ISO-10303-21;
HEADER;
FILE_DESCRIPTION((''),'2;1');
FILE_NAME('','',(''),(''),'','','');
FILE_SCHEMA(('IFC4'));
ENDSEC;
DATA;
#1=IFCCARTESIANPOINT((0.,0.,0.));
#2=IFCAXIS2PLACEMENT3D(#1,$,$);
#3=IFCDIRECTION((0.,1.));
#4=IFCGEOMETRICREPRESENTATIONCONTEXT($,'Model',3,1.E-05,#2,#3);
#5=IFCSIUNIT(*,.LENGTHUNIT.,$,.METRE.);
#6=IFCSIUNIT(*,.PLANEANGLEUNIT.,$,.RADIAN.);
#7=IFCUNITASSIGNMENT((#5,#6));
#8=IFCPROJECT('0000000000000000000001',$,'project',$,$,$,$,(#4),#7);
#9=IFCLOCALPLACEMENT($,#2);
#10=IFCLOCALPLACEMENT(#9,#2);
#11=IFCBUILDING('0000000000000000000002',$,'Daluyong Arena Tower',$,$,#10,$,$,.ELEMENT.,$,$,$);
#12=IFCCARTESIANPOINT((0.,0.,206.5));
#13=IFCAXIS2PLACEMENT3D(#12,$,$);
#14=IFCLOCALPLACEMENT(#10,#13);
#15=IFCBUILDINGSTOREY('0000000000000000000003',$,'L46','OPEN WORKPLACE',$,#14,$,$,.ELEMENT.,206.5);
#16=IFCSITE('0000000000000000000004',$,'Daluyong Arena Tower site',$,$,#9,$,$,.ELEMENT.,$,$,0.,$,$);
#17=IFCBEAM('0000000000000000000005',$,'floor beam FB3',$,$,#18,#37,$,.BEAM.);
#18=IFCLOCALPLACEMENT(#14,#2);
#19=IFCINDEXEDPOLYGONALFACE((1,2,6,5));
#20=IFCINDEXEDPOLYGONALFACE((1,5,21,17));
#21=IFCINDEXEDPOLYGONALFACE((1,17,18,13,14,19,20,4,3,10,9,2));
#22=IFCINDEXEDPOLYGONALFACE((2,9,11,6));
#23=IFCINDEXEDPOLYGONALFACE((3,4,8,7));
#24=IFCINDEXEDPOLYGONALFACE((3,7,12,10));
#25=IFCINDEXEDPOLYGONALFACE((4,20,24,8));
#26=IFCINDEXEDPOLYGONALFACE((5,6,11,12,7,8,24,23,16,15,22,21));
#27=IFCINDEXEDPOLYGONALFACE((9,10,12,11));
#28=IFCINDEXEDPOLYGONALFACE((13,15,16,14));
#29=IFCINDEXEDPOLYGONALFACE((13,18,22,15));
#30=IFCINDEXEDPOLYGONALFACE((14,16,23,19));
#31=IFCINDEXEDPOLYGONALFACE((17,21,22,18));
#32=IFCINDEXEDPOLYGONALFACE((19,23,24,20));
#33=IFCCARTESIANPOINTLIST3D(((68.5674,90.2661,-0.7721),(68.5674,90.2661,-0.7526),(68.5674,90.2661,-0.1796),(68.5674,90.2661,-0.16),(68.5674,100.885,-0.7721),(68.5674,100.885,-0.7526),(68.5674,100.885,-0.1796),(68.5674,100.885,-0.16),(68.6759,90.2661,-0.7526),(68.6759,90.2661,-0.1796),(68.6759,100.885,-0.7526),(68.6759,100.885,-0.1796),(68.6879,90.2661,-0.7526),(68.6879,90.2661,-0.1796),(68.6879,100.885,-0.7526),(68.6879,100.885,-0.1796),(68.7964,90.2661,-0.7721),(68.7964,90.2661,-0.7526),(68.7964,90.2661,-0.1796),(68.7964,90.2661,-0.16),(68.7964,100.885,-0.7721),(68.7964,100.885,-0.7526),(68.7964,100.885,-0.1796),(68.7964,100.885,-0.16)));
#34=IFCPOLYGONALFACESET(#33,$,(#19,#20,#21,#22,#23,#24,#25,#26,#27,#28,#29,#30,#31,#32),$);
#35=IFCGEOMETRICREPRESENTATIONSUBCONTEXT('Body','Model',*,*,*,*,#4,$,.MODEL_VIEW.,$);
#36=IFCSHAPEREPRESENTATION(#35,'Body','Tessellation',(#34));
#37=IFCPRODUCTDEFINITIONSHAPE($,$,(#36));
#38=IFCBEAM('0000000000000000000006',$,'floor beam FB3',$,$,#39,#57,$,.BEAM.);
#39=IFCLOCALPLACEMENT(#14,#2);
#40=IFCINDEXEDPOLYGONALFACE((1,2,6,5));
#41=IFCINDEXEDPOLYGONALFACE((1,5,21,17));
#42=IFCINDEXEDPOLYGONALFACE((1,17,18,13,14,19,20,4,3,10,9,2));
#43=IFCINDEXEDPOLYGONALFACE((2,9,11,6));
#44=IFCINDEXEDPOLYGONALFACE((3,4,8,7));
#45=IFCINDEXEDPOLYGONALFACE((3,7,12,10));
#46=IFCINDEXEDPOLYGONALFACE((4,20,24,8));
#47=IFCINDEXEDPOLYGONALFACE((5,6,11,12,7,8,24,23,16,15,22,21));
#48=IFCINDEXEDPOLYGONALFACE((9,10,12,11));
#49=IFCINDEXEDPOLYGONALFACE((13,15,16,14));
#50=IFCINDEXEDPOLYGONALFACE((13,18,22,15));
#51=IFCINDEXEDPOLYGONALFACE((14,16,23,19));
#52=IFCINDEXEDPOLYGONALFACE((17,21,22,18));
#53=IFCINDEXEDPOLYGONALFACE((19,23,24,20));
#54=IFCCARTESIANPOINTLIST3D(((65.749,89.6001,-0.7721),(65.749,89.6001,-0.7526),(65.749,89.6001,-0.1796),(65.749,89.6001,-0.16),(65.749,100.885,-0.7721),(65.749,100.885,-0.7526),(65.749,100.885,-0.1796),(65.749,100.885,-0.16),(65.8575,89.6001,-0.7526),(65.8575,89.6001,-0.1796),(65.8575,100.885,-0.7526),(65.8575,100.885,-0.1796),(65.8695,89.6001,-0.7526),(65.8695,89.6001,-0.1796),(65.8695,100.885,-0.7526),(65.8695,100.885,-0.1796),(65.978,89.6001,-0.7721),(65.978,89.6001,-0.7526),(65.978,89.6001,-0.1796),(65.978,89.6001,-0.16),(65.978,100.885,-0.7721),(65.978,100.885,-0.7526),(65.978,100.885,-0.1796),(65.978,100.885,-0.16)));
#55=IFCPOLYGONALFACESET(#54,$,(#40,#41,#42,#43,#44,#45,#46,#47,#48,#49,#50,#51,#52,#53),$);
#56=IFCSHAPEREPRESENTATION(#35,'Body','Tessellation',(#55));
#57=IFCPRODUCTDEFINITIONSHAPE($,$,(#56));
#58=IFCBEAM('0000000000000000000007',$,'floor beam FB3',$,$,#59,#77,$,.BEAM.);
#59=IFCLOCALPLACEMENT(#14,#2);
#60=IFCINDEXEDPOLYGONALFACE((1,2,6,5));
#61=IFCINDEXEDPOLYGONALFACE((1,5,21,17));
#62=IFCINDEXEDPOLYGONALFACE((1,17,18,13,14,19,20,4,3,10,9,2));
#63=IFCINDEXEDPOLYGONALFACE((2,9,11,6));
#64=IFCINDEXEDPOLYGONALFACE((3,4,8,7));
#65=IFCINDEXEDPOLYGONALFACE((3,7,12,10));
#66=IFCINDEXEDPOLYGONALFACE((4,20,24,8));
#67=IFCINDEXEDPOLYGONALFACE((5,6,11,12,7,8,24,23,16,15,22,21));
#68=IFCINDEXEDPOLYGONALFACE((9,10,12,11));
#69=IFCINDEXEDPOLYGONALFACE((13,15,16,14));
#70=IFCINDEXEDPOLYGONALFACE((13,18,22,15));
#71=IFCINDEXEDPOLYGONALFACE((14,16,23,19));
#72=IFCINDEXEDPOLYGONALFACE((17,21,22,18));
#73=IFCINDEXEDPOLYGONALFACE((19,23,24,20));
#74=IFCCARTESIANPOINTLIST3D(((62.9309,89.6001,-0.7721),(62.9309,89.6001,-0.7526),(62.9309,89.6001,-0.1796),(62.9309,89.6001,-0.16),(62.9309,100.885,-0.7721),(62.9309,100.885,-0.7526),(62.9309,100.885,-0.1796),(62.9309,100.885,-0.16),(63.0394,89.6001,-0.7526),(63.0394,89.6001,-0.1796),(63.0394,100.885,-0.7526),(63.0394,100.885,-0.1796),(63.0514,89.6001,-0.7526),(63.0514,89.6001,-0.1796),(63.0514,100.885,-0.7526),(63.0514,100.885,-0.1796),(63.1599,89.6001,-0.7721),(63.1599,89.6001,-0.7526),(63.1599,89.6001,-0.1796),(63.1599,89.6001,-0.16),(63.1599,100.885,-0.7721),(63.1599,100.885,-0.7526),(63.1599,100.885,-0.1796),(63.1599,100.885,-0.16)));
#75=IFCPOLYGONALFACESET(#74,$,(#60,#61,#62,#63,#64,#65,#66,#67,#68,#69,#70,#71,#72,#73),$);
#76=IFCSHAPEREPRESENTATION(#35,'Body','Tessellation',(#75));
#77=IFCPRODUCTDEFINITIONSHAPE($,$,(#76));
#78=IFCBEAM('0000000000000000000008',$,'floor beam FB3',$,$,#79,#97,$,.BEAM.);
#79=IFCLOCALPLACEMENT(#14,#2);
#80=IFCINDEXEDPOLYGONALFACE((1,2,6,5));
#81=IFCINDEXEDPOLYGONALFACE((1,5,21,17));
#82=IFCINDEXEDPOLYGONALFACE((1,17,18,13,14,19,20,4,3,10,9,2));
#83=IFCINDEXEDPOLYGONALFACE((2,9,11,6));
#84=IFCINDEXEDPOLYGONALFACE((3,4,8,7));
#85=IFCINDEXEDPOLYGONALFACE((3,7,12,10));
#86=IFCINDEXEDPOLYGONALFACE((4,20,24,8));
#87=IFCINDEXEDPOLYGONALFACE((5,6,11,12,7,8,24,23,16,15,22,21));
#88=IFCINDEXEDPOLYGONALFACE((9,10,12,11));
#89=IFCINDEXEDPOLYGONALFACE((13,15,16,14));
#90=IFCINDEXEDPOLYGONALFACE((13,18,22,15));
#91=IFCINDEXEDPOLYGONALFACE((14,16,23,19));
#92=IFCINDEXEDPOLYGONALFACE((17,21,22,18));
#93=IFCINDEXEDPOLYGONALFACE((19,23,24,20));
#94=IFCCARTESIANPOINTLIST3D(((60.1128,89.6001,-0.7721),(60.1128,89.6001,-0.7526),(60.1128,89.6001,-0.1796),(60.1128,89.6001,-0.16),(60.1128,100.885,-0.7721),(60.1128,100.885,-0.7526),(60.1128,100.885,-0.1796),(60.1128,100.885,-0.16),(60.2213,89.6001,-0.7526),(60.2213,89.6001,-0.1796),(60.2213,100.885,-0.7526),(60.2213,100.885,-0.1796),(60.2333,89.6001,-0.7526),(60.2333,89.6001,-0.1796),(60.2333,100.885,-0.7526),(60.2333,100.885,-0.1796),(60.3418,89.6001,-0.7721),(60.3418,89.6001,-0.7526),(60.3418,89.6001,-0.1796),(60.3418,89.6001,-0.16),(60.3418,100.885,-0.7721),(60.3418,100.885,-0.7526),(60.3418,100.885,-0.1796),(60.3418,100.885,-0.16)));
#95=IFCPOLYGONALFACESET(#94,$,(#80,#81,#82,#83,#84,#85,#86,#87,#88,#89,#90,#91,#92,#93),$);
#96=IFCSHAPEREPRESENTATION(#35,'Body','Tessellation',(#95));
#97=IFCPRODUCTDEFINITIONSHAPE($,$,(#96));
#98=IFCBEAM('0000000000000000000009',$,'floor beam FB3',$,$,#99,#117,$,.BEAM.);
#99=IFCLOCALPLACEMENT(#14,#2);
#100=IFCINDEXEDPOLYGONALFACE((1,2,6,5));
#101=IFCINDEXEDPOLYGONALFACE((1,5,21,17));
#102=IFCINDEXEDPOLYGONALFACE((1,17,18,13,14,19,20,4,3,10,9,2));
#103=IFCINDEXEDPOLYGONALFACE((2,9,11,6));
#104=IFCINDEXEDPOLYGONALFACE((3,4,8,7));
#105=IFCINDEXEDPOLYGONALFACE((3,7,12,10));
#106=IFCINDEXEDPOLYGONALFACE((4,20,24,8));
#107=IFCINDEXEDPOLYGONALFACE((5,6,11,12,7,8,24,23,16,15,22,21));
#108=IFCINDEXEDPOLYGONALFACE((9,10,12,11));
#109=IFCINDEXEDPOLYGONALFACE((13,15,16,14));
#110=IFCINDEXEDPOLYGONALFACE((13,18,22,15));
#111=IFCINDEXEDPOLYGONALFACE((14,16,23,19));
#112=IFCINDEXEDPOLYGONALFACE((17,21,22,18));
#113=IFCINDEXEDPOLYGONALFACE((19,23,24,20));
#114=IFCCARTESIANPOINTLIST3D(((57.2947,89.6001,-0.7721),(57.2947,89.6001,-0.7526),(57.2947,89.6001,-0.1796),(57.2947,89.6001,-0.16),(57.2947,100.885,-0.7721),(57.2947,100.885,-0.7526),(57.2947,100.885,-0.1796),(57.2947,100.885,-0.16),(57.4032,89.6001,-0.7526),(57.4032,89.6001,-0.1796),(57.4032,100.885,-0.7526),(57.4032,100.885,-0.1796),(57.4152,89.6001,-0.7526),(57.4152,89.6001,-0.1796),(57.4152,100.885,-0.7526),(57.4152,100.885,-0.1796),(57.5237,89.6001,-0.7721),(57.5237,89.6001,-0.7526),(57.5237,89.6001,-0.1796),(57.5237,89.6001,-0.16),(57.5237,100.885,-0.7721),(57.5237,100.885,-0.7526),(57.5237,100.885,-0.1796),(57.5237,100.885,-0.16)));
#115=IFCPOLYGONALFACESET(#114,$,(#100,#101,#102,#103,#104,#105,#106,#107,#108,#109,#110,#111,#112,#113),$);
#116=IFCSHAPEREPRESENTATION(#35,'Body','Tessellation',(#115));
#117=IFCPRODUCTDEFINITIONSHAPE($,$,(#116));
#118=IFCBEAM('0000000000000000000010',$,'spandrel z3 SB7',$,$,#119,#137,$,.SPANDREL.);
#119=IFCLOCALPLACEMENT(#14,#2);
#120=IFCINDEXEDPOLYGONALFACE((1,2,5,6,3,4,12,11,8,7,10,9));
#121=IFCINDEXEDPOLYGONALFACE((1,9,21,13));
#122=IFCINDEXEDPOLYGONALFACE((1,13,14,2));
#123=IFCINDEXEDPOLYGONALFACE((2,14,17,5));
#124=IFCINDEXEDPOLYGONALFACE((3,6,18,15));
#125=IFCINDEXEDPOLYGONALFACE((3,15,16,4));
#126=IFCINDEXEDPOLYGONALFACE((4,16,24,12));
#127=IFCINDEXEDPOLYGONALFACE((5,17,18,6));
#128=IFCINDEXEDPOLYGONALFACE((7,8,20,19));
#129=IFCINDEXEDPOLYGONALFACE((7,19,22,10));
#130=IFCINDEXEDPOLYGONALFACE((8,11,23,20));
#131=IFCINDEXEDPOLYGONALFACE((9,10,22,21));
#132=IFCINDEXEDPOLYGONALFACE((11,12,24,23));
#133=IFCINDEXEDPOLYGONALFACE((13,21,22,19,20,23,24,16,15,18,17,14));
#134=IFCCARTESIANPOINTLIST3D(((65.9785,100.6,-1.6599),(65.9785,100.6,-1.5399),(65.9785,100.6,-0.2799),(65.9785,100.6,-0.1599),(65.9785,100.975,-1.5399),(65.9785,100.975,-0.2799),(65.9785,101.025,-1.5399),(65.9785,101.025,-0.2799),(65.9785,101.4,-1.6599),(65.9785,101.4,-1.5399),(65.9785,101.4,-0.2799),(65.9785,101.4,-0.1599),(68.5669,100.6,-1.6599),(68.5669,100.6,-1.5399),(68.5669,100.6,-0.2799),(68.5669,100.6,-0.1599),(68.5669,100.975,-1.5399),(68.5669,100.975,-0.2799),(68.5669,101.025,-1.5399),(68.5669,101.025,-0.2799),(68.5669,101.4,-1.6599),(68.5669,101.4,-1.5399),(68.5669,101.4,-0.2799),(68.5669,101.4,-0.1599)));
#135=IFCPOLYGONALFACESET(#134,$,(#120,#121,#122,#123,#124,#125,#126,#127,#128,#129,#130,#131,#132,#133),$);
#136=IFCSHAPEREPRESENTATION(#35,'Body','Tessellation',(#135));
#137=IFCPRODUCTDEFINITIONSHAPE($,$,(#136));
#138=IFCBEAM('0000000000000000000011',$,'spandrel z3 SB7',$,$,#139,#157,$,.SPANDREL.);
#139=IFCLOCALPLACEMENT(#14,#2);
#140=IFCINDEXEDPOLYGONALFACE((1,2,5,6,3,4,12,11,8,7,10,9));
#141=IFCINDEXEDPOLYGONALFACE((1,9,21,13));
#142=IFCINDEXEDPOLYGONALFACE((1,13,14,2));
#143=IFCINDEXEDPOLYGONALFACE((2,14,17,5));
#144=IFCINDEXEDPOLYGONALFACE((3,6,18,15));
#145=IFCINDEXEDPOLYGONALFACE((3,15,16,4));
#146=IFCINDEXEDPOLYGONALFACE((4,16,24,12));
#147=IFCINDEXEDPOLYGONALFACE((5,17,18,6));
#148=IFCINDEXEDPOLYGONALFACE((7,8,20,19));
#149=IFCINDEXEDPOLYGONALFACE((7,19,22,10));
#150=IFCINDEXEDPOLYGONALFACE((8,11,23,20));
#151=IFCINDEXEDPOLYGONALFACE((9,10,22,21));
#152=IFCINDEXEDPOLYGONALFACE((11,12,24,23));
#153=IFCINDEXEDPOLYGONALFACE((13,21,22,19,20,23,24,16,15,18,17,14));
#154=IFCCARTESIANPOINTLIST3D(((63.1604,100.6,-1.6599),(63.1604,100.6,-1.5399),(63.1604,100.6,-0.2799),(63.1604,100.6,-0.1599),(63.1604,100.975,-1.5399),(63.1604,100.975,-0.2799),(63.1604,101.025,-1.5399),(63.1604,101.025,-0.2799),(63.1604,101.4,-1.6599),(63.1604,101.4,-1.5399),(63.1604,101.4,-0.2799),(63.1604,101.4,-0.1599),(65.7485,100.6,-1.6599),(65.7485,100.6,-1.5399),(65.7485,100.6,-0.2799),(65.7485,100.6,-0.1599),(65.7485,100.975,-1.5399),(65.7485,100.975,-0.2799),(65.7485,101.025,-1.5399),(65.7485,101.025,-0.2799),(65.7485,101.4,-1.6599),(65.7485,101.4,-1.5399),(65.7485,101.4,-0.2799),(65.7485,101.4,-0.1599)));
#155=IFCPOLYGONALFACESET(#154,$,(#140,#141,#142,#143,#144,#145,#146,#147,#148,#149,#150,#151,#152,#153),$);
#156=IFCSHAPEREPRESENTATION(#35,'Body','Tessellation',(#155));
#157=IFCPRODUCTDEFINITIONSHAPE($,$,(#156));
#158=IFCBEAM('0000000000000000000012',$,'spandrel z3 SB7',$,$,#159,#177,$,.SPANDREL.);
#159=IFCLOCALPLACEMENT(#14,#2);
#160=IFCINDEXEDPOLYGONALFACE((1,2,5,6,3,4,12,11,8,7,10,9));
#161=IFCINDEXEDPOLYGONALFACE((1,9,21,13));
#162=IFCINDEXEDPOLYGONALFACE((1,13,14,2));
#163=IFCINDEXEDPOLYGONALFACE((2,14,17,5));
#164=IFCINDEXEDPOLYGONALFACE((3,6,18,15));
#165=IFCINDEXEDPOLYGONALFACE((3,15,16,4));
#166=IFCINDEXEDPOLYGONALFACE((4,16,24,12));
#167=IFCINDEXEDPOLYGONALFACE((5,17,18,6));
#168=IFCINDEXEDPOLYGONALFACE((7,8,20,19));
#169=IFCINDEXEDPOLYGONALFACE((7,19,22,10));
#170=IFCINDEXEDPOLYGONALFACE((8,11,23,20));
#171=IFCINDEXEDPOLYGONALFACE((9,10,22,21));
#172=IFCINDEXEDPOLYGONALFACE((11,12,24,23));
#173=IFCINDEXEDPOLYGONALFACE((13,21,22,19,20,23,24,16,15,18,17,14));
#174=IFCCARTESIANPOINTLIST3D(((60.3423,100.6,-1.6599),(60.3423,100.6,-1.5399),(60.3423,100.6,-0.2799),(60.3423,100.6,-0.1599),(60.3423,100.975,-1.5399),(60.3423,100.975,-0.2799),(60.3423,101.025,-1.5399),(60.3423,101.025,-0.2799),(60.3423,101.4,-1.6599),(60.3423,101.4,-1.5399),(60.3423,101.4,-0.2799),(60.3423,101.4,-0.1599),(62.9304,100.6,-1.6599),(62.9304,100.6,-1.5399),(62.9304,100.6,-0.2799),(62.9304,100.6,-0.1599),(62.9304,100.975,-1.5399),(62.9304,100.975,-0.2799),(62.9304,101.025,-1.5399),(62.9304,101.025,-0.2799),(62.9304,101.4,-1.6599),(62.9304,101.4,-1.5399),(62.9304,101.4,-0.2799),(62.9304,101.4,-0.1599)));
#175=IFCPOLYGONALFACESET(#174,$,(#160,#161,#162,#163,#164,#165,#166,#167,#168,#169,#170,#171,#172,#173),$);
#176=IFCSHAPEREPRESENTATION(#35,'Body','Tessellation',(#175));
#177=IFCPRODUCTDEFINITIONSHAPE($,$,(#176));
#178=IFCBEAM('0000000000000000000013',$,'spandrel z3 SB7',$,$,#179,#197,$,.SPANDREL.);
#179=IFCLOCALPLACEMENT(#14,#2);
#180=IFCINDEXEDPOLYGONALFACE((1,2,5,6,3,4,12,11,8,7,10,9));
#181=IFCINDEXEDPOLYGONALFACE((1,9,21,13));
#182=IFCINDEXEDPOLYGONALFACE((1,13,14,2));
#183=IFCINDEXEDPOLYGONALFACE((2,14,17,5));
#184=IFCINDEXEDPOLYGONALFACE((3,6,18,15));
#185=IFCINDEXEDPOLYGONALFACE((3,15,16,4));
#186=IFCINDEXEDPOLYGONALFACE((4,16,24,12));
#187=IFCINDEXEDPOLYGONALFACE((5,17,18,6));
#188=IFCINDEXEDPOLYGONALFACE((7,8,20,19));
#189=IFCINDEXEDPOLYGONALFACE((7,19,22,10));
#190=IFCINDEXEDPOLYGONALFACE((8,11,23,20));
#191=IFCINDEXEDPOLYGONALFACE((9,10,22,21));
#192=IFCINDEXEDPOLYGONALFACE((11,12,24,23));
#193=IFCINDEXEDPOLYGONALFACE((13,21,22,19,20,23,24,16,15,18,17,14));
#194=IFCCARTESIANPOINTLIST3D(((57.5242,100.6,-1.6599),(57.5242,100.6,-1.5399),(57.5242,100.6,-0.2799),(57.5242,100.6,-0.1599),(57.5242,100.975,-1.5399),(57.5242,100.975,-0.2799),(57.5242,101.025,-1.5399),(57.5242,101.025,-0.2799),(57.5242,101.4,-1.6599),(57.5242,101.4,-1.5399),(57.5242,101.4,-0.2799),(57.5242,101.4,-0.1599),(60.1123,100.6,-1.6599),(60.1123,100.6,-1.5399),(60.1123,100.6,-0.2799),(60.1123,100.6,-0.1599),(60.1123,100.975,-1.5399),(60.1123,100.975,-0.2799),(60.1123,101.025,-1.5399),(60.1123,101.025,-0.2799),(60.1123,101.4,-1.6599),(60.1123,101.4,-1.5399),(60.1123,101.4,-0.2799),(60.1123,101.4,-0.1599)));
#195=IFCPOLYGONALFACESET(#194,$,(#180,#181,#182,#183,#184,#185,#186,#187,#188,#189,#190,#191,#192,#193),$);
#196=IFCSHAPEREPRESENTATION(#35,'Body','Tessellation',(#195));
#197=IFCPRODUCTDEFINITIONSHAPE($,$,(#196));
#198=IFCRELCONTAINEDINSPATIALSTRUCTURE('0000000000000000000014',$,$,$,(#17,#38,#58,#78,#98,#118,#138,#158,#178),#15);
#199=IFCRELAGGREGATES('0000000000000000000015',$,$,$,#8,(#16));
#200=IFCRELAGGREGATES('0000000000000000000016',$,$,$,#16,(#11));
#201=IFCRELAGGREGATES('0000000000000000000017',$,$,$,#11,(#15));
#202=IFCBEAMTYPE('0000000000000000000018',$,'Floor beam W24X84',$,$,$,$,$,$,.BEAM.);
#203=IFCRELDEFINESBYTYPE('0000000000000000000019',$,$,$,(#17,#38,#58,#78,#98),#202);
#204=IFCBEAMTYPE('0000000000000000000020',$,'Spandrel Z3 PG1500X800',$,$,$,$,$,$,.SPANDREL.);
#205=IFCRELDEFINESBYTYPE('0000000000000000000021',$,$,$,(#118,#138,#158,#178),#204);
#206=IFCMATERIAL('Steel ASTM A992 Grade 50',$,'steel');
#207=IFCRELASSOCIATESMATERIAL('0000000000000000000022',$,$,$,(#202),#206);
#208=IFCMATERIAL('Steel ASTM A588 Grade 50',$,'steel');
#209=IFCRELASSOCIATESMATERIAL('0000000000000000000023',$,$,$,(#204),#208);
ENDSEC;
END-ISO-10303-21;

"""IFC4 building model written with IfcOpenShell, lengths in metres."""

from ifc_helpers import new_model, si_unit, direction, frame, origin, origin_2d, place, context, subcontext, project, spatial, i_section, extrude, material, material_profile, profile_set, type_object, element, save


model = new_model("IFC4")

# Units and contexts
model_context = context("Model", 3, precision=1e-05, world=origin(), true_north=direction((0.0, 1.0)))
body_context = subcontext(model_context, "Body", "Model", "MODEL_VIEW")
ifc_project = project(units=[si_unit("LENGTHUNIT", "METRE"), si_unit("PLANEANGLEUNIT", "RADIAN")], contexts=[model_context])

# Site, building, storey
site_placement = place(None, origin())
site = spatial("IfcSite", under=ifc_project, at=site_placement, Name="Daluyong Arena Tower site", CompositionType="ELEMENT", RefElevation=0.0)
building_placement = place(site_placement, origin())
building = spatial("IfcBuilding", under=site, at=building_placement, Name="Daluyong Arena Tower", CompositionType="ELEMENT")
storey_placement = place(building_placement, frame((0.0, 0.0, 206.5)))
storey = spatial("IfcBuildingStorey", under=building, at=storey_placement, Name="L46", Description="OPEN WORKPLACE", CompositionType="ELEMENT", Elevation=206.5)

# Beams
ifc_material_1 = material(Name="Steel ASTM A992 Grade 50", Category="steel")
ifc_material_profile_1 = material_profile(ifc_material_1, i_section(OverallWidth=0.229, OverallDepth=0.6121, WebThickness=0.012, FlangeThickness=0.0195, at=origin_2d()))
ifc_profile_set_1 = profile_set([ifc_material_profile_1], Name="Steel ASTM A992 Grade 50")
beam_type_1 = type_object("IfcBeamType", Name="Floor beam W24X84", PredefinedType="BEAM", material=ifc_profile_set_1)
beam_1_placement = place(storey_placement, frame((68.6819, 100.885, -0.4661), z_axis=(0.0, -1.0, 0.0), x_axis=(1.0, 0.0, 0.0)))
element("IfcBeam", 1, at=beam_1_placement, inside=storey, type_object=beam_type_1, Name="floor beam FB3", PredefinedType="BEAM", context=body_context, shape_type="SweptSolid", body=[
    extrude(i_section(OverallWidth=0.229, OverallDepth=0.6121, WebThickness=0.012, FlangeThickness=0.0195, at=origin_2d()), origin(), (0.0, 0.0, 1.0), 10.6189),
])
for number, where, z_axis, x_axis, name in (
    (2, (65.8635, 100.885, -0.4661), (0.0, -1.0, 0.0), (1.0, 0.0, 0.0), "floor beam FB3"),
    (3, (63.0454, 100.885, -0.4661), (0.0, -1.0, 0.0), (1.0, 0.0, 0.0), "floor beam FB3"),
    (4, (60.2273, 100.885, -0.4661), (0.0, -1.0, 0.0), (1.0, 0.0, 0.0), "floor beam FB3"),
    (5, (57.4092, 100.885, -0.4661), (0.0, -1.0, 0.0), (1.0, 0.0, 0.0), "floor beam FB3"),
):
    element("IfcBeam", number, at=place(storey_placement, frame(where, z_axis=z_axis, x_axis=x_axis)), inside=storey, type_object=beam_type_1, Name=name, PredefinedType="BEAM", context=body_context, shape_type="SweptSolid", body=[
        extrude(i_section(OverallWidth=0.229, OverallDepth=0.6121, WebThickness=0.012, FlangeThickness=0.0195, at=origin_2d()), origin(), (0.0, 0.0, 1.0), 11.2849),
    ])
ifc_material_2 = material(Name="Steel ASTM A588 Grade 50", Category="steel")
ifc_material_profile_2 = material_profile(ifc_material_2, i_section(OverallWidth=0.8, OverallDepth=1.5, WebThickness=0.05, FlangeThickness=0.12, at=origin_2d()))
ifc_profile_set_2 = profile_set([ifc_material_profile_2], Name="Steel ASTM A588 Grade 50")
beam_type_2 = type_object("IfcBeamType", Name="Spandrel Z3 PG1500X800", PredefinedType="SPANDREL", material=ifc_profile_set_2)
beam_2_placement = place(storey_placement, frame((68.5669, 101.0, -0.9099), z_axis=(-1.0, 0.0, 0.0), x_axis=(0.0, -1.0, 0.0)))
element("IfcBeam", 6, at=beam_2_placement, inside=storey, type_object=beam_type_2, Name="spandrel z3 SB7", PredefinedType="SPANDREL", context=body_context, shape_type="SweptSolid", body=[
    extrude(i_section(OverallWidth=0.8, OverallDepth=1.5, WebThickness=0.05, FlangeThickness=0.12, at=origin_2d()), origin(), (0.0, 0.0, 1.0), 2.5884),
])
for number, where, z_axis, x_axis, name in (
    (7, (65.7485, 101.0, -0.9099), (-1.0, 0.0, 0.0), (0.0, -1.0, 0.0), "spandrel z3 SB7"),
    (8, (62.9304, 101.0, -0.9099), (-1.0, 0.0, 0.0), (0.0, -1.0, 0.0), "spandrel z3 SB7"),
    (9, (60.1123, 101.0, -0.9099), (-1.0, 0.0, 0.0), (0.0, -1.0, 0.0), "spandrel z3 SB7"),
):
    element("IfcBeam", number, at=place(storey_placement, frame(where, z_axis=z_axis, x_axis=x_axis)), inside=storey, type_object=beam_type_2, Name=name, PredefinedType="SPANDREL", context=body_context, shape_type="SweptSolid", body=[
        extrude(i_section(OverallWidth=0.8, OverallDepth=1.5, WebThickness=0.05, FlangeThickness=0.12, at=origin_2d()), origin(), (0.0, 0.0, 1.0), 2.5881),
    ])

save(model, "model.ifc")
